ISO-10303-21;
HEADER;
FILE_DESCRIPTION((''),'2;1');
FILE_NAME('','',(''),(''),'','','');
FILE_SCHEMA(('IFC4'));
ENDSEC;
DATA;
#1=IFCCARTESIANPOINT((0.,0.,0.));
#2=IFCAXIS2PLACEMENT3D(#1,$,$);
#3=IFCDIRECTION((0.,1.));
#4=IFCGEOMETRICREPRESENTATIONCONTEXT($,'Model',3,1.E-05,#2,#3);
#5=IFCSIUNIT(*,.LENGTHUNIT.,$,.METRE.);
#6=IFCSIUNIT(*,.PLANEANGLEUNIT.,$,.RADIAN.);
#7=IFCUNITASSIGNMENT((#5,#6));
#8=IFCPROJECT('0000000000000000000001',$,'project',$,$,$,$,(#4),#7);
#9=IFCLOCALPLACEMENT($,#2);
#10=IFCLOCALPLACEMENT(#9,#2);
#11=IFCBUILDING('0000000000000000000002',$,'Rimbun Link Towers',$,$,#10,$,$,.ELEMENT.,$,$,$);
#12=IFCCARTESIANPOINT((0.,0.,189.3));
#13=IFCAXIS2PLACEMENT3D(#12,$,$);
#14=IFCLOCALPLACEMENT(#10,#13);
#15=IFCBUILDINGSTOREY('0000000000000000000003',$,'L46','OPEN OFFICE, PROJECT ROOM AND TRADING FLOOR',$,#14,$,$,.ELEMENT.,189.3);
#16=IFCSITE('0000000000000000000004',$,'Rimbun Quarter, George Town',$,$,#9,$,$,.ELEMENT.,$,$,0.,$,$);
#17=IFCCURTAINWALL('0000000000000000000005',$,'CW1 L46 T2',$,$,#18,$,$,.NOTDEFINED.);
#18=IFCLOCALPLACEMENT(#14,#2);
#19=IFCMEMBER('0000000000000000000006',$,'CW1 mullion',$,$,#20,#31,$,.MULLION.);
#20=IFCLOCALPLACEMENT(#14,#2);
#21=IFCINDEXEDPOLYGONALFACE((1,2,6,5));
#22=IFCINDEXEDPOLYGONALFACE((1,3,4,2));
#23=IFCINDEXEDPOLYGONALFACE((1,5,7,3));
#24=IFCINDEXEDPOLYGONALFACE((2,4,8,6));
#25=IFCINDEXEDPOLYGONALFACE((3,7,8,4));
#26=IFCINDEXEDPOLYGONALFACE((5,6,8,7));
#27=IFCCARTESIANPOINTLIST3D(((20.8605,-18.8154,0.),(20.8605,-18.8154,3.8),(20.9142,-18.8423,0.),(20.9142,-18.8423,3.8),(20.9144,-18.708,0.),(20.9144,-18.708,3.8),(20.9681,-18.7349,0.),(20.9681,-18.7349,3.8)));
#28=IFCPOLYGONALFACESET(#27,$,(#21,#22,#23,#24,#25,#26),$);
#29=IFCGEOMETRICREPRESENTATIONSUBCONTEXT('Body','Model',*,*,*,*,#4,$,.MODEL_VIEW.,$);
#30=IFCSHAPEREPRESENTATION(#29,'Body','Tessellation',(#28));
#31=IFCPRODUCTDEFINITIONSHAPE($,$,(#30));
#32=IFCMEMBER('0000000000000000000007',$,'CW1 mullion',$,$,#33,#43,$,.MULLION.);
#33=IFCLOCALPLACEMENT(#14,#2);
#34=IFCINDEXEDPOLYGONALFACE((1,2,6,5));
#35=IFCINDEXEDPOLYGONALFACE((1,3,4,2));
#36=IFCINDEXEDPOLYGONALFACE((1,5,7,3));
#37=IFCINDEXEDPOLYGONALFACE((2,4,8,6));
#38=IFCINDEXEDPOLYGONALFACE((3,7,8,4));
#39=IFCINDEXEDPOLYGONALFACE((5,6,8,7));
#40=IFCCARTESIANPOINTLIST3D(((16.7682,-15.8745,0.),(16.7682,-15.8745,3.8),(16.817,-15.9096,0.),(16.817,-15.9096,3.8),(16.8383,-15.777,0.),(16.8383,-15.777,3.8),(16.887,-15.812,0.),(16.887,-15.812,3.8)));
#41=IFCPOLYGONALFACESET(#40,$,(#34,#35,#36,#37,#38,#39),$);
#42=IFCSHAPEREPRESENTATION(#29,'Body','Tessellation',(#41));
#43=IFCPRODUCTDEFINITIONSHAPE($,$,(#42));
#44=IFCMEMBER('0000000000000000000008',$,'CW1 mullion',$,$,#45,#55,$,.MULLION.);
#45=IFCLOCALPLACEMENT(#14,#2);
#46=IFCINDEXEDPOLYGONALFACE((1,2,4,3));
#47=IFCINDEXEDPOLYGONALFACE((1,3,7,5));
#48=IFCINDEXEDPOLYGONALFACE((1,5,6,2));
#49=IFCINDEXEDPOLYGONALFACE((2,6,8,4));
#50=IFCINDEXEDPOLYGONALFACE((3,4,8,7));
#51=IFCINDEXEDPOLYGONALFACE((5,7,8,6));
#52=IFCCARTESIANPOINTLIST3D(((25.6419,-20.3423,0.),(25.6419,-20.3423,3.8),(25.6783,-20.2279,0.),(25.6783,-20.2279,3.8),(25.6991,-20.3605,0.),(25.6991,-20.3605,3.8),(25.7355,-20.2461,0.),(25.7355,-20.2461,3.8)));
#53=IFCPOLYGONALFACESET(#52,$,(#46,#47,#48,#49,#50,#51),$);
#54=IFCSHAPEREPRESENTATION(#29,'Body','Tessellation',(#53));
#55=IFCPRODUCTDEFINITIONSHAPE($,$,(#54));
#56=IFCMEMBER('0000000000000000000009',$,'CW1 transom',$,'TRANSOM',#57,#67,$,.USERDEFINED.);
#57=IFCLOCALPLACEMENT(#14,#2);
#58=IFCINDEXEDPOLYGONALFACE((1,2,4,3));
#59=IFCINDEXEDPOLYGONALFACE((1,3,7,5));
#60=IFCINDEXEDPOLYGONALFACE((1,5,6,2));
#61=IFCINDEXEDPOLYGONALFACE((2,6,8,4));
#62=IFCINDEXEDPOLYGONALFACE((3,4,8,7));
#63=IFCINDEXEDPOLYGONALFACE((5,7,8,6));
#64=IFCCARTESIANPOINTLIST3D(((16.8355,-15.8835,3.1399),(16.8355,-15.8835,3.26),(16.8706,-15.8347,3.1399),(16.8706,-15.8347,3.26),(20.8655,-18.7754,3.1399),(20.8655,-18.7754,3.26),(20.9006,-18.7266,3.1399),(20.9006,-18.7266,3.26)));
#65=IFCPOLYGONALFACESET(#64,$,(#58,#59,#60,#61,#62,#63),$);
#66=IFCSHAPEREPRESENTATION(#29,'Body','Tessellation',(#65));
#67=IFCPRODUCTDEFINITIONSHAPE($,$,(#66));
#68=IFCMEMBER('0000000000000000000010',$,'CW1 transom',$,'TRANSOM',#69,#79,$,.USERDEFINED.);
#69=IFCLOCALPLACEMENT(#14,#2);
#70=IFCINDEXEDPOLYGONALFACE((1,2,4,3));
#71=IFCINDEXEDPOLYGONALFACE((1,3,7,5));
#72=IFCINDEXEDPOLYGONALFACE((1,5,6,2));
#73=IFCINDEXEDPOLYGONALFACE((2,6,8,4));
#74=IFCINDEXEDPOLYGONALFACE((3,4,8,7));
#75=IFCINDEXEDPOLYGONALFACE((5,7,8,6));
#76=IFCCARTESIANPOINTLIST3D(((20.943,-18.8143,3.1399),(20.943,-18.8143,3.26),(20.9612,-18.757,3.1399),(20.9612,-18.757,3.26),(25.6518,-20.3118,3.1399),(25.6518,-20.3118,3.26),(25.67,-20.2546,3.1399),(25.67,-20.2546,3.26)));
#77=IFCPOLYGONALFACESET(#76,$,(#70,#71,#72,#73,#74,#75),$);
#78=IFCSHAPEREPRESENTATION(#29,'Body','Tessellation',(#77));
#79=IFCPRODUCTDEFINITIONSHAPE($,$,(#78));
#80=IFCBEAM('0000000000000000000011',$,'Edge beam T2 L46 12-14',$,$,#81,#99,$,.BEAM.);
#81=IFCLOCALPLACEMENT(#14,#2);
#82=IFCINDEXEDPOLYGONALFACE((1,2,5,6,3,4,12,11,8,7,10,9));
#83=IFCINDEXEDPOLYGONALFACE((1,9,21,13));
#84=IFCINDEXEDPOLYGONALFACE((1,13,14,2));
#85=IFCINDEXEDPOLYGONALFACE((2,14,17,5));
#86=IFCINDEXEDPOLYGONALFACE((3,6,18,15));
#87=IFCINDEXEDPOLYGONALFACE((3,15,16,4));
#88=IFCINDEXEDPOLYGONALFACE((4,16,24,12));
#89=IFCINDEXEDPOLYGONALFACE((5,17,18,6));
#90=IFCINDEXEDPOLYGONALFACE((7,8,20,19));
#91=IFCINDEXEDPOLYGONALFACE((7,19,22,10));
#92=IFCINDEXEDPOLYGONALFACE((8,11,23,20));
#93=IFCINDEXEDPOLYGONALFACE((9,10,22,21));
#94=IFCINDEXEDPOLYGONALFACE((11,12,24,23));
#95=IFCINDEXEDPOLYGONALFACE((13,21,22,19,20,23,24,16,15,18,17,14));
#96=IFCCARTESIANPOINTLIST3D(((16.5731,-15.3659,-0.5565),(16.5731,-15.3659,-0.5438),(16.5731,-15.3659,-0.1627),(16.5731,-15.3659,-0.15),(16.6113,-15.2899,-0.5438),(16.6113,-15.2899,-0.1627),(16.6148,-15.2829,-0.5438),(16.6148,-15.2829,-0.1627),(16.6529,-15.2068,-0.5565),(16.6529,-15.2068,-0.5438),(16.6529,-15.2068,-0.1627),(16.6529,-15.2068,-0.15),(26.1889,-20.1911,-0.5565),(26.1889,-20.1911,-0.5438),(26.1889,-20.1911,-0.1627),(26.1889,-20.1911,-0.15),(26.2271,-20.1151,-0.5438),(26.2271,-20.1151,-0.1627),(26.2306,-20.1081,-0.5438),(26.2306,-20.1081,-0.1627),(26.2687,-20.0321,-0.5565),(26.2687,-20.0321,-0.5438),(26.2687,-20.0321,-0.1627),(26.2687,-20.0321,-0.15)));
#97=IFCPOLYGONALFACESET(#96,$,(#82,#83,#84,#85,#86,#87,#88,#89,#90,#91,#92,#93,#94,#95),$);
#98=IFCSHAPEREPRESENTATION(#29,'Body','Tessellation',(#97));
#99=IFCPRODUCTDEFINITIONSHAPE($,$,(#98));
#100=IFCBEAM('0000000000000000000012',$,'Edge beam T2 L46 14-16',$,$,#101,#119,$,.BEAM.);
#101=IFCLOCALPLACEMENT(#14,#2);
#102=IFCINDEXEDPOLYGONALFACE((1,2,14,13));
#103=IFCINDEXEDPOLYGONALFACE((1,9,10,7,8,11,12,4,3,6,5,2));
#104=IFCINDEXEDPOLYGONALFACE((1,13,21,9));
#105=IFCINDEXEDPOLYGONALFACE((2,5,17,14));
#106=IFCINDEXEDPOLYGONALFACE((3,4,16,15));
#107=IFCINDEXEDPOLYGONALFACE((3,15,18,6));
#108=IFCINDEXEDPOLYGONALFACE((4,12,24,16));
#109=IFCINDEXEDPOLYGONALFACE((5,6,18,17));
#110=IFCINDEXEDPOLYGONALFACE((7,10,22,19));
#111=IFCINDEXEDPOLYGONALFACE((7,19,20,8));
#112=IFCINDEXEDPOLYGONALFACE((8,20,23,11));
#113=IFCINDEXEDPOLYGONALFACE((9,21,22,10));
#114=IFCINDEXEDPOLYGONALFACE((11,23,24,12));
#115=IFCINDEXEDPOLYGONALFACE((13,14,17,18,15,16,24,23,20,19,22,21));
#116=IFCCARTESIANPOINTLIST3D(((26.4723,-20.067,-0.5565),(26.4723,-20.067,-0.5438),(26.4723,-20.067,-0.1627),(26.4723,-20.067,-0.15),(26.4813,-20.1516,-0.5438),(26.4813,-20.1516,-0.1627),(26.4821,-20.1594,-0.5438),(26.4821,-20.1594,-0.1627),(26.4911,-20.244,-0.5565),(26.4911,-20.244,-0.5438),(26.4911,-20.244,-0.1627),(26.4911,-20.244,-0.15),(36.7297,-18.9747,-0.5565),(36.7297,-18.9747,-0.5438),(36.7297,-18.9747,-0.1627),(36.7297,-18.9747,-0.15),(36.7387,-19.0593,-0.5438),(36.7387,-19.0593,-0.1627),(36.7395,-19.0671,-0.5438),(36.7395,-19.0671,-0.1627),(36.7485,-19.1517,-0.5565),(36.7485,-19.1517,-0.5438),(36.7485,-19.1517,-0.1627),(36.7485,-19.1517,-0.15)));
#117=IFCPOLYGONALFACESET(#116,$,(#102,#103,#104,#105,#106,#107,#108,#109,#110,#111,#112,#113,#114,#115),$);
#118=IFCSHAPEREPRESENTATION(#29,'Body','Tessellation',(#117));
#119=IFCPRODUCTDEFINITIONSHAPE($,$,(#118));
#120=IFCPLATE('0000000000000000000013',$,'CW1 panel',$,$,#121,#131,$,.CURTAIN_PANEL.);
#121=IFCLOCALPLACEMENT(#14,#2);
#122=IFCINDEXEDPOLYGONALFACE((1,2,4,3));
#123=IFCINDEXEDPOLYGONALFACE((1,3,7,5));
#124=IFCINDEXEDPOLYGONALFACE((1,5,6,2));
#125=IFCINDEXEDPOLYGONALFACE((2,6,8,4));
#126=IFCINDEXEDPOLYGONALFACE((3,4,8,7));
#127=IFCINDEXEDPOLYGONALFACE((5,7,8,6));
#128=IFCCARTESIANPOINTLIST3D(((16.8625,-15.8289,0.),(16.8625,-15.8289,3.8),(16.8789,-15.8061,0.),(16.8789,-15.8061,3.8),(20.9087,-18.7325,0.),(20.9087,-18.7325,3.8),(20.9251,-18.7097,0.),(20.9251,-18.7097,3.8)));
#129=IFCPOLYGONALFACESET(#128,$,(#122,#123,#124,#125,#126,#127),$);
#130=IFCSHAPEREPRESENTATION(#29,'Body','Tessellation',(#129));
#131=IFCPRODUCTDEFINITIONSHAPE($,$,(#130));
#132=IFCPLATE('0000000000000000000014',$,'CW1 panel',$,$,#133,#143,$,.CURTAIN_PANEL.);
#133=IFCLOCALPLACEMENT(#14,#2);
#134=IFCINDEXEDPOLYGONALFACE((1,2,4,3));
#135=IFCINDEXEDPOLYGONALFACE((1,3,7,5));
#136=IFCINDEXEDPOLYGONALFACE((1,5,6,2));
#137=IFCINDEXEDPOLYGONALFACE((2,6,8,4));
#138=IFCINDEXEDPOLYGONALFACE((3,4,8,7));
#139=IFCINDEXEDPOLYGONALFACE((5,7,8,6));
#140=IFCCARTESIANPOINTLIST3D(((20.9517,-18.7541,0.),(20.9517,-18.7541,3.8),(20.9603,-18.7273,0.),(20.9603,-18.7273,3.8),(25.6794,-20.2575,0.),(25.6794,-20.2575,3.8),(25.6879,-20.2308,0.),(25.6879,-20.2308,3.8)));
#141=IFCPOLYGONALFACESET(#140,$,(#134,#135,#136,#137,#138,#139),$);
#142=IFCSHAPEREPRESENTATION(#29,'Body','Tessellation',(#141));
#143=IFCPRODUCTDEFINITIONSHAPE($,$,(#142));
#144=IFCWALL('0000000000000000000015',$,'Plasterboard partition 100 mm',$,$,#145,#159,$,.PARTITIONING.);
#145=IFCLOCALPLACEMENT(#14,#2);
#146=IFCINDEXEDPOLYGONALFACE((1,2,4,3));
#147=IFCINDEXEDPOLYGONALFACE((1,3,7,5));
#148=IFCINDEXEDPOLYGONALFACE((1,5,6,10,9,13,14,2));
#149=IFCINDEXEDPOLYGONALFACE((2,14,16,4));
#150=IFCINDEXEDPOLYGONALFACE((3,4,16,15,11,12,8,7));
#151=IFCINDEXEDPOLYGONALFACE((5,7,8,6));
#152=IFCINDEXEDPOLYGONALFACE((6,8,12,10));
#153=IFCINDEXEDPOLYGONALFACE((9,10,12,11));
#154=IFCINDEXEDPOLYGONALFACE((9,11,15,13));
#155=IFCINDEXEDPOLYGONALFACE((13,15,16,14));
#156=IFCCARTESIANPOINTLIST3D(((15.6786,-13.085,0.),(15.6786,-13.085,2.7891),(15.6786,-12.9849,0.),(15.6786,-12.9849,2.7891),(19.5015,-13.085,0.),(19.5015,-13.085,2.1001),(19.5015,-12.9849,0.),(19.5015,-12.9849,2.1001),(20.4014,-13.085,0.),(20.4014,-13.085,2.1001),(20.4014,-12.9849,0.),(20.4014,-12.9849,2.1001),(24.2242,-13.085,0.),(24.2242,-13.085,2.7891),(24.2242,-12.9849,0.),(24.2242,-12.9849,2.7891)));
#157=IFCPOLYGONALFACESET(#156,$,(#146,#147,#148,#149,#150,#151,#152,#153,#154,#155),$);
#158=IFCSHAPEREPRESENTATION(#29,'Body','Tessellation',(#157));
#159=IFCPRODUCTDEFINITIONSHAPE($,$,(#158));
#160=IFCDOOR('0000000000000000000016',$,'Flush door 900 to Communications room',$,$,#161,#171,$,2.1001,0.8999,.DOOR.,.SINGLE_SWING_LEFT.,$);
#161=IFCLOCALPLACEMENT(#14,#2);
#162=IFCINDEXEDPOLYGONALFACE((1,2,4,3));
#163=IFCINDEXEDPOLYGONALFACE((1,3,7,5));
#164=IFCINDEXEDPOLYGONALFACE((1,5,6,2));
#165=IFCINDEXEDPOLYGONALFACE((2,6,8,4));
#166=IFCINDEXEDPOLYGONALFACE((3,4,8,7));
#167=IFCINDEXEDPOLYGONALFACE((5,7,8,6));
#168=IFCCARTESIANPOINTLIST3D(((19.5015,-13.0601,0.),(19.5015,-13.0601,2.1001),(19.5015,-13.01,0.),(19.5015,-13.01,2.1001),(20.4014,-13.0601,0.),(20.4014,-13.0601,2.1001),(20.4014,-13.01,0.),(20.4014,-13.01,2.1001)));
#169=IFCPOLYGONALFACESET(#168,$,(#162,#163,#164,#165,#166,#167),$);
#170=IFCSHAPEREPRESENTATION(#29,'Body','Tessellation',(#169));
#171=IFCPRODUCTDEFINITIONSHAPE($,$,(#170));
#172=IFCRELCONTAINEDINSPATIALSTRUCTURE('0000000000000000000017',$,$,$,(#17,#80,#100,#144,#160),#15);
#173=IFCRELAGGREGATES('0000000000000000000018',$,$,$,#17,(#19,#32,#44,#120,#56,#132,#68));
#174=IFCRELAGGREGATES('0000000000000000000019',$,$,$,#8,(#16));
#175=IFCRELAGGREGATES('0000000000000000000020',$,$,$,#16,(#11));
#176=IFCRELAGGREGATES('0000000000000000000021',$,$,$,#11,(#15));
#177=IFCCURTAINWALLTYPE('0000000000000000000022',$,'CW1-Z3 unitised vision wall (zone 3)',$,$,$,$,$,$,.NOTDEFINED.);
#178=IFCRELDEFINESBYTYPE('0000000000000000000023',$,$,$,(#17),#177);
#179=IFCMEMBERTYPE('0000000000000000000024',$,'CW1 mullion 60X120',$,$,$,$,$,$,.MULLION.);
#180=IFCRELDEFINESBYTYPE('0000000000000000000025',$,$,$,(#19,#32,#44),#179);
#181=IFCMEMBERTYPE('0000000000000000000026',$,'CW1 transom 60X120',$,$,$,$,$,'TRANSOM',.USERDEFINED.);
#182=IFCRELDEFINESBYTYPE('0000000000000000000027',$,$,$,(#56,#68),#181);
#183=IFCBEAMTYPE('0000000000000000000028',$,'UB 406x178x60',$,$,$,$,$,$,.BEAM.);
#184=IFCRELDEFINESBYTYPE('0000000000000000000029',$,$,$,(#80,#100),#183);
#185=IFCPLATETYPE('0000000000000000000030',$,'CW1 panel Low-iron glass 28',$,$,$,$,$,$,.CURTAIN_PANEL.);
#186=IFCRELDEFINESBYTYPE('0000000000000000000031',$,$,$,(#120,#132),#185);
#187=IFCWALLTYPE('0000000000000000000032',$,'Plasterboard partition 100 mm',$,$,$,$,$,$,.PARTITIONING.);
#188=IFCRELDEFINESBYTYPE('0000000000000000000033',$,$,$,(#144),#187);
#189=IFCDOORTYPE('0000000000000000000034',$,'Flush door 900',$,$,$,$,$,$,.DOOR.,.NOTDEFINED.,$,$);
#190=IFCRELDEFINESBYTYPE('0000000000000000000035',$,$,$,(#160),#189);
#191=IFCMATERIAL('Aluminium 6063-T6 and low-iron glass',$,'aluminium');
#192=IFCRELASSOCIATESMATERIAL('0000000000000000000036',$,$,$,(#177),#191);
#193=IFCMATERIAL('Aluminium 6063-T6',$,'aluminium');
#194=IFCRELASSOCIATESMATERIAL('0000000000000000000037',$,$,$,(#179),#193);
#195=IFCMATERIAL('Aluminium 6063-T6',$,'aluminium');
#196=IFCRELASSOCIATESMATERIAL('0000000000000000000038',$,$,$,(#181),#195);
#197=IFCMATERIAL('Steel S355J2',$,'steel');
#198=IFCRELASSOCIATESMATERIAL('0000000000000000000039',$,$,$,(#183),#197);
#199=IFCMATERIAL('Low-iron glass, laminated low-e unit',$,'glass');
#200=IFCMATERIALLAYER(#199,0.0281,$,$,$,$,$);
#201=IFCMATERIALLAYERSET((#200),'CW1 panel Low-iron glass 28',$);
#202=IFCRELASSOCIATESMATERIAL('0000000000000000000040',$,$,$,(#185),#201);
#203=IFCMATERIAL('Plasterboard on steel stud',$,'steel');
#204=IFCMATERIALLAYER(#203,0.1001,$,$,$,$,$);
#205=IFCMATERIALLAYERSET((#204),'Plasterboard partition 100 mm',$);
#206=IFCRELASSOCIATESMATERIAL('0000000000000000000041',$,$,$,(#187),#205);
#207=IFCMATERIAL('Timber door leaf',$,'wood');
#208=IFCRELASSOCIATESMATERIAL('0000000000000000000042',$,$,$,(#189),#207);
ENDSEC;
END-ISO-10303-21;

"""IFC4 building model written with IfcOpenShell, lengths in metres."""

from ifc_helpers import new_model, si_unit, direction, frame, frame_2d, origin, origin_2d, place, context, subcontext, project, spatial, rectangle, i_section, extrude, material, layer, layer_set, material_profile, profile_set, type_object, element, fill, aggregate, save


model = new_model("IFC4")

# Units and contexts
model_context = context("Model", 3, precision=1e-05, world=origin(), true_north=direction((0.0, 1.0)))
body_context = subcontext(model_context, "Body", "Model", "MODEL_VIEW")
ifc_project = project(units=[si_unit("LENGTHUNIT", "METRE"), si_unit("PLANEANGLEUNIT", "RADIAN")], contexts=[model_context])

# Site, building, storey
site_placement = place(None, origin())
site = spatial("IfcSite", under=ifc_project, at=site_placement, Name="Rimbun Quarter, George Town", CompositionType="ELEMENT", RefElevation=0.0)
building_placement = place(site_placement, origin())
building = spatial("IfcBuilding", under=site, at=building_placement, Name="Rimbun Link Towers", CompositionType="ELEMENT")
storey_placement = place(building_placement, frame((0.0, 0.0, 189.3)))
storey = spatial("IfcBuildingStorey", under=building, at=storey_placement, Name="L46", Description="OPEN OFFICE, PROJECT ROOM AND TRADING FLOOR", CompositionType="ELEMENT", Elevation=189.3)

# Curtain wall, members
ifc_material_1 = material(Name="Aluminium 6063-T6 and low-iron glass", Category="aluminium")
curtain_wall_type = type_object("IfcCurtainWallType", Name="CW1-Z3 unitised vision wall (zone 3)", PredefinedType="NOTDEFINED", material=ifc_material_1)
curtain_wall_placement = place(storey_placement, origin())
curtain_wall = element("IfcCurtainWall", 1, at=curtain_wall_placement, inside=storey, type_object=curtain_wall_type, Name="CW1 L46 T2", PredefinedType="NOTDEFINED")
ifc_material_2 = material(Name="Aluminium 6063-T6", Category="aluminium")
ifc_material_profile_1 = material_profile(ifc_material_2, rectangle(XDim=0.1201, YDim=0.0601, at=origin_2d()), Name="MULLION 60X120")
ifc_profile_set_1 = profile_set([ifc_material_profile_1], Name="Aluminium 6063-T6")
member_type_1 = type_object("IfcMemberType", Name="CW1 mullion 60X120", PredefinedType="MULLION", material=ifc_profile_set_1)
member_1_placement = place(storey_placement, frame((20.9143, -18.7751, 0.0), z_axis=(0.0, 0.0, 1.0), x_axis=(-0.44857, -0.893748, 0.0)))
member_1 = element("IfcMember", 2, at=member_1_placement, type_object=member_type_1, Name="CW1 mullion", PredefinedType="MULLION", context=body_context, shape_type="SweptSolid", body=[
    extrude(rectangle(XDim=0.1201, YDim=0.0601, at=origin_2d()), origin(), (0.0, 0.0, 1.0), 3.8),
])
member_2_placement = place(storey_placement, frame((16.8276, -15.8433, 0.0), z_axis=(0.0, 0.0, 1.0), x_axis=(-0.583015, -0.812461, 0.0)))
member_2 = element("IfcMember", 3, at=member_2_placement, type_object=member_type_1, Name="CW1 mullion", PredefinedType="MULLION", context=body_context, shape_type="SweptSolid", body=[
    extrude(rectangle(XDim=0.1201, YDim=0.0601, at=origin_2d()), origin(), (0.0, 0.0, 1.0), 3.8),
])
member_3_placement = place(storey_placement, frame((25.6887, -20.2942, 0.0), z_axis=(0.0, 0.0, 1.0), x_axis=(-0.303053, -0.952974, 0.0)))
member_3 = element("IfcMember", 4, at=member_3_placement, type_object=member_type_1, Name="CW1 mullion", PredefinedType="MULLION", context=body_context, shape_type="SweptSolid", body=[
    extrude(rectangle(XDim=0.1201, YDim=0.0601, at=origin_2d()), origin(), (0.0, 0.0, 1.0), 3.8),
])
ifc_material_3 = material(Name="Aluminium 6063-T6", Category="aluminium")
ifc_material_profile_2 = material_profile(ifc_material_3, rectangle(XDim=0.0601, YDim=0.1201, at=origin_2d()), Name="TRANSOM 60X120")
ifc_profile_set_2 = profile_set([ifc_material_profile_2], Name="Aluminium 6063-T6")
member_type_2 = type_object("IfcMemberType", Name="CW1 transom 60X120", ElementType="TRANSOM", PredefinedType="USERDEFINED", material=ifc_profile_set_2)
member_4_placement = place(storey_placement, frame((20.8831, -18.751, 3.2), z_axis=(-0.812468, 0.583006, 0.0), x_axis=(-0.583006, -0.812468, 0.0)))
member_4 = element("IfcMember", 5, at=member_4_placement, type_object=member_type_2, Name="CW1 transom", ObjectType="TRANSOM", PredefinedType="USERDEFINED", context=body_context, shape_type="SweptSolid", body=[
    extrude(rectangle(XDim=0.0601, YDim=0.1201, at=origin_2d()), origin(), (0.0, 0.0, 1.0), 4.9602),
])
member_5_placement = place(storey_placement, frame((25.6609, -20.2832, 3.2), z_axis=(-0.952965, 0.303079, 0.0), x_axis=(-0.303079, -0.952965, 0.0)))
member_5 = element("IfcMember", 6, at=member_5_placement, type_object=member_type_2, Name="CW1 transom", ObjectType="TRANSOM", PredefinedType="USERDEFINED", context=body_context, shape_type="SweptSolid", body=[
    extrude(rectangle(XDim=0.0601, YDim=0.1201, at=origin_2d()), origin(), (0.0, 0.0, 1.0), 4.9412),
])

# Beams
ifc_material_4 = material(Name="Steel S355J2", Category="steel")
ifc_material_profile_3 = material_profile(ifc_material_4, i_section(OverallWidth=0.178, OverallDepth=0.4065, WebThickness=0.0078, FlangeThickness=0.0127, at=origin_2d()), Name="UB 406x178x60")
ifc_profile_set_3 = profile_set([ifc_material_profile_3], Name="Steel S355J2")
beam_type = type_object("IfcBeamType", Name="UB 406x178x60", PredefinedType="BEAM", material=ifc_profile_set_3)
beam_1_placement = place(storey_placement, frame((16.613, -15.2864, -0.3533), z_axis=(0.893782, -0.448502, 0.0), x_axis=(0.448502, 0.893782, 0.0)))
element("IfcBeam", 7, at=beam_1_placement, inside=storey, type_object=beam_type, Name="Edge beam T2 L46 12-14", PredefinedType="BEAM", context=body_context, shape_type="SweptSolid", body=[
    extrude(i_section(OverallWidth=0.178, OverallDepth=0.4065, WebThickness=0.0078, FlangeThickness=0.0127, at=origin_2d()), origin(), (0.0, 0.0, 1.0), 10.7585),
])
beam_2_placement = place(storey_placement, frame((26.4817, -20.1555, -0.3533), z_axis=(0.994378, 0.10589, 0.0), x_axis=(-0.10589, 0.994378, 0.0)))
element("IfcBeam", 8, at=beam_2_placement, inside=storey, type_object=beam_type, Name="Edge beam T2 L46 14-16", PredefinedType="BEAM", context=body_context, shape_type="SweptSolid", body=[
    extrude(i_section(OverallWidth=0.178, OverallDepth=0.4065, WebThickness=0.0078, FlangeThickness=0.0127, at=origin_2d()), origin(), (0.0, 0.0, 1.0), 10.3154),
])

# Plates
ifc_material_5 = material(Name="Low-iron glass, laminated low-e unit", Category="glass")
ifc_layer_1 = layer(ifc_material_5, 0.0281)
ifc_layer_set_1 = layer_set([ifc_layer_1], Name="CW1 panel Low-iron glass 28")
plate_type = type_object("IfcPlateType", Name="CW1 panel Low-iron glass 28", PredefinedType="CURTAIN_PANEL", material=ifc_layer_set_1)
plate_1_placement = place(storey_placement, frame((18.8938, -17.2693, 0.0), z_axis=(0.0, 0.0, 1.0), x_axis=(-0.812461, 0.583015, 0.0)))
plate_1 = element("IfcPlate", 9, at=plate_1_placement, type_object=plate_type, Name="CW1 panel", PredefinedType="CURTAIN_PANEL", context=body_context, shape_type="SweptSolid", body=[
    extrude(rectangle(XDim=4.9802, YDim=0.0281, at=origin_2d()), origin(), (0.0, 0.0, 1.0), 3.8),
])
plate_2_placement = place(storey_placement, frame((23.3198, -19.4924, 0.0), z_axis=(0.0, 0.0, 1.0), x_axis=(-0.952974, 0.303053, 0.0)))
plate_2 = element("IfcPlate", 10, at=plate_2_placement, type_object=plate_type, Name="CW1 panel", PredefinedType="CURTAIN_PANEL", context=body_context, shape_type="SweptSolid", body=[
    extrude(rectangle(XDim=4.9609, YDim=0.0281, at=origin_2d()), origin(), (0.0, 0.0, 1.0), 3.8),
])
aggregate(curtain_wall, [member_1, member_2, member_3, plate_1, member_4, plate_2, member_5])

# Wall, opening, door
ifc_material_6 = material(Name="Plasterboard on steel stud", Category="steel")
ifc_layer_2 = layer(ifc_material_6, 0.1001)
ifc_layer_set_2 = layer_set([ifc_layer_2], Name="Plasterboard partition 100 mm")
wall_type_1 = type_object("IfcWallType", Name="Plasterboard partition 100 mm", PredefinedType="PARTITIONING", material=ifc_layer_set_2)
wall_1_placement = place(storey_placement, frame((15.6785, -13.0349, 0.0), z_axis=(0.0, 0.0, 1.0), x_axis=(1.0, 0.0, 0.0)))
wall_1 = element("IfcWall", 11, at=wall_1_placement, inside=storey, type_object=wall_type_1, Name="Plasterboard partition 100 mm", PredefinedType="PARTITIONING", context=body_context, shape_type="SweptSolid", body=[
    extrude(rectangle(XDim=8.5457, YDim=0.1001, at=frame_2d((4.2729, 0.0))), origin(), (0.0, 0.0, 1.0), 2.7891),
])
opening_placement = place(wall_1_placement, frame((3.823, 0.0, 0.0)))
opening = element("IfcOpeningElement", 12, at=opening_placement, cuts=wall_1, PredefinedType="OPENING", context=body_context, shape_type="SweptSolid", body=[
    extrude(rectangle(XDim=0.8999, YDim=2.1001, at=frame_2d((0.45, 1.05))), frame((0.0, 0.0601, 0.0), z_axis=(0.0, -1.0, 0.0), x_axis=(1.0, 0.0, 0.0)), (0.0, 0.0, 1.0), 0.1201),
])
ifc_material_7 = material(Name="Timber door leaf", Category="wood")
door_type = type_object("IfcDoorType", Name="Flush door 900", OperationType="NOTDEFINED", PredefinedType="DOOR", material=ifc_material_7)
door_placement = place(opening_placement, origin())
door = element("IfcDoor", 13, at=door_placement, inside=storey, type_object=door_type, Name="Flush door 900 to Communications room", OperationType="SINGLE_SWING_LEFT", OverallHeight=2.1001, OverallWidth=0.8999, PredefinedType="DOOR", context=body_context, shape_type="SweptSolid", body=[
    extrude(rectangle(XDim=0.8999, YDim=2.1001, at=frame_2d((0.45, 1.05))), frame((0.0, 0.0249, 0.0), z_axis=(0.0, -1.0, 0.0), x_axis=(1.0, 0.0, 0.0)), (0.0, 0.0, 1.0), 0.05),
])
fill(opening, door)

save(model, "model.ifc")
